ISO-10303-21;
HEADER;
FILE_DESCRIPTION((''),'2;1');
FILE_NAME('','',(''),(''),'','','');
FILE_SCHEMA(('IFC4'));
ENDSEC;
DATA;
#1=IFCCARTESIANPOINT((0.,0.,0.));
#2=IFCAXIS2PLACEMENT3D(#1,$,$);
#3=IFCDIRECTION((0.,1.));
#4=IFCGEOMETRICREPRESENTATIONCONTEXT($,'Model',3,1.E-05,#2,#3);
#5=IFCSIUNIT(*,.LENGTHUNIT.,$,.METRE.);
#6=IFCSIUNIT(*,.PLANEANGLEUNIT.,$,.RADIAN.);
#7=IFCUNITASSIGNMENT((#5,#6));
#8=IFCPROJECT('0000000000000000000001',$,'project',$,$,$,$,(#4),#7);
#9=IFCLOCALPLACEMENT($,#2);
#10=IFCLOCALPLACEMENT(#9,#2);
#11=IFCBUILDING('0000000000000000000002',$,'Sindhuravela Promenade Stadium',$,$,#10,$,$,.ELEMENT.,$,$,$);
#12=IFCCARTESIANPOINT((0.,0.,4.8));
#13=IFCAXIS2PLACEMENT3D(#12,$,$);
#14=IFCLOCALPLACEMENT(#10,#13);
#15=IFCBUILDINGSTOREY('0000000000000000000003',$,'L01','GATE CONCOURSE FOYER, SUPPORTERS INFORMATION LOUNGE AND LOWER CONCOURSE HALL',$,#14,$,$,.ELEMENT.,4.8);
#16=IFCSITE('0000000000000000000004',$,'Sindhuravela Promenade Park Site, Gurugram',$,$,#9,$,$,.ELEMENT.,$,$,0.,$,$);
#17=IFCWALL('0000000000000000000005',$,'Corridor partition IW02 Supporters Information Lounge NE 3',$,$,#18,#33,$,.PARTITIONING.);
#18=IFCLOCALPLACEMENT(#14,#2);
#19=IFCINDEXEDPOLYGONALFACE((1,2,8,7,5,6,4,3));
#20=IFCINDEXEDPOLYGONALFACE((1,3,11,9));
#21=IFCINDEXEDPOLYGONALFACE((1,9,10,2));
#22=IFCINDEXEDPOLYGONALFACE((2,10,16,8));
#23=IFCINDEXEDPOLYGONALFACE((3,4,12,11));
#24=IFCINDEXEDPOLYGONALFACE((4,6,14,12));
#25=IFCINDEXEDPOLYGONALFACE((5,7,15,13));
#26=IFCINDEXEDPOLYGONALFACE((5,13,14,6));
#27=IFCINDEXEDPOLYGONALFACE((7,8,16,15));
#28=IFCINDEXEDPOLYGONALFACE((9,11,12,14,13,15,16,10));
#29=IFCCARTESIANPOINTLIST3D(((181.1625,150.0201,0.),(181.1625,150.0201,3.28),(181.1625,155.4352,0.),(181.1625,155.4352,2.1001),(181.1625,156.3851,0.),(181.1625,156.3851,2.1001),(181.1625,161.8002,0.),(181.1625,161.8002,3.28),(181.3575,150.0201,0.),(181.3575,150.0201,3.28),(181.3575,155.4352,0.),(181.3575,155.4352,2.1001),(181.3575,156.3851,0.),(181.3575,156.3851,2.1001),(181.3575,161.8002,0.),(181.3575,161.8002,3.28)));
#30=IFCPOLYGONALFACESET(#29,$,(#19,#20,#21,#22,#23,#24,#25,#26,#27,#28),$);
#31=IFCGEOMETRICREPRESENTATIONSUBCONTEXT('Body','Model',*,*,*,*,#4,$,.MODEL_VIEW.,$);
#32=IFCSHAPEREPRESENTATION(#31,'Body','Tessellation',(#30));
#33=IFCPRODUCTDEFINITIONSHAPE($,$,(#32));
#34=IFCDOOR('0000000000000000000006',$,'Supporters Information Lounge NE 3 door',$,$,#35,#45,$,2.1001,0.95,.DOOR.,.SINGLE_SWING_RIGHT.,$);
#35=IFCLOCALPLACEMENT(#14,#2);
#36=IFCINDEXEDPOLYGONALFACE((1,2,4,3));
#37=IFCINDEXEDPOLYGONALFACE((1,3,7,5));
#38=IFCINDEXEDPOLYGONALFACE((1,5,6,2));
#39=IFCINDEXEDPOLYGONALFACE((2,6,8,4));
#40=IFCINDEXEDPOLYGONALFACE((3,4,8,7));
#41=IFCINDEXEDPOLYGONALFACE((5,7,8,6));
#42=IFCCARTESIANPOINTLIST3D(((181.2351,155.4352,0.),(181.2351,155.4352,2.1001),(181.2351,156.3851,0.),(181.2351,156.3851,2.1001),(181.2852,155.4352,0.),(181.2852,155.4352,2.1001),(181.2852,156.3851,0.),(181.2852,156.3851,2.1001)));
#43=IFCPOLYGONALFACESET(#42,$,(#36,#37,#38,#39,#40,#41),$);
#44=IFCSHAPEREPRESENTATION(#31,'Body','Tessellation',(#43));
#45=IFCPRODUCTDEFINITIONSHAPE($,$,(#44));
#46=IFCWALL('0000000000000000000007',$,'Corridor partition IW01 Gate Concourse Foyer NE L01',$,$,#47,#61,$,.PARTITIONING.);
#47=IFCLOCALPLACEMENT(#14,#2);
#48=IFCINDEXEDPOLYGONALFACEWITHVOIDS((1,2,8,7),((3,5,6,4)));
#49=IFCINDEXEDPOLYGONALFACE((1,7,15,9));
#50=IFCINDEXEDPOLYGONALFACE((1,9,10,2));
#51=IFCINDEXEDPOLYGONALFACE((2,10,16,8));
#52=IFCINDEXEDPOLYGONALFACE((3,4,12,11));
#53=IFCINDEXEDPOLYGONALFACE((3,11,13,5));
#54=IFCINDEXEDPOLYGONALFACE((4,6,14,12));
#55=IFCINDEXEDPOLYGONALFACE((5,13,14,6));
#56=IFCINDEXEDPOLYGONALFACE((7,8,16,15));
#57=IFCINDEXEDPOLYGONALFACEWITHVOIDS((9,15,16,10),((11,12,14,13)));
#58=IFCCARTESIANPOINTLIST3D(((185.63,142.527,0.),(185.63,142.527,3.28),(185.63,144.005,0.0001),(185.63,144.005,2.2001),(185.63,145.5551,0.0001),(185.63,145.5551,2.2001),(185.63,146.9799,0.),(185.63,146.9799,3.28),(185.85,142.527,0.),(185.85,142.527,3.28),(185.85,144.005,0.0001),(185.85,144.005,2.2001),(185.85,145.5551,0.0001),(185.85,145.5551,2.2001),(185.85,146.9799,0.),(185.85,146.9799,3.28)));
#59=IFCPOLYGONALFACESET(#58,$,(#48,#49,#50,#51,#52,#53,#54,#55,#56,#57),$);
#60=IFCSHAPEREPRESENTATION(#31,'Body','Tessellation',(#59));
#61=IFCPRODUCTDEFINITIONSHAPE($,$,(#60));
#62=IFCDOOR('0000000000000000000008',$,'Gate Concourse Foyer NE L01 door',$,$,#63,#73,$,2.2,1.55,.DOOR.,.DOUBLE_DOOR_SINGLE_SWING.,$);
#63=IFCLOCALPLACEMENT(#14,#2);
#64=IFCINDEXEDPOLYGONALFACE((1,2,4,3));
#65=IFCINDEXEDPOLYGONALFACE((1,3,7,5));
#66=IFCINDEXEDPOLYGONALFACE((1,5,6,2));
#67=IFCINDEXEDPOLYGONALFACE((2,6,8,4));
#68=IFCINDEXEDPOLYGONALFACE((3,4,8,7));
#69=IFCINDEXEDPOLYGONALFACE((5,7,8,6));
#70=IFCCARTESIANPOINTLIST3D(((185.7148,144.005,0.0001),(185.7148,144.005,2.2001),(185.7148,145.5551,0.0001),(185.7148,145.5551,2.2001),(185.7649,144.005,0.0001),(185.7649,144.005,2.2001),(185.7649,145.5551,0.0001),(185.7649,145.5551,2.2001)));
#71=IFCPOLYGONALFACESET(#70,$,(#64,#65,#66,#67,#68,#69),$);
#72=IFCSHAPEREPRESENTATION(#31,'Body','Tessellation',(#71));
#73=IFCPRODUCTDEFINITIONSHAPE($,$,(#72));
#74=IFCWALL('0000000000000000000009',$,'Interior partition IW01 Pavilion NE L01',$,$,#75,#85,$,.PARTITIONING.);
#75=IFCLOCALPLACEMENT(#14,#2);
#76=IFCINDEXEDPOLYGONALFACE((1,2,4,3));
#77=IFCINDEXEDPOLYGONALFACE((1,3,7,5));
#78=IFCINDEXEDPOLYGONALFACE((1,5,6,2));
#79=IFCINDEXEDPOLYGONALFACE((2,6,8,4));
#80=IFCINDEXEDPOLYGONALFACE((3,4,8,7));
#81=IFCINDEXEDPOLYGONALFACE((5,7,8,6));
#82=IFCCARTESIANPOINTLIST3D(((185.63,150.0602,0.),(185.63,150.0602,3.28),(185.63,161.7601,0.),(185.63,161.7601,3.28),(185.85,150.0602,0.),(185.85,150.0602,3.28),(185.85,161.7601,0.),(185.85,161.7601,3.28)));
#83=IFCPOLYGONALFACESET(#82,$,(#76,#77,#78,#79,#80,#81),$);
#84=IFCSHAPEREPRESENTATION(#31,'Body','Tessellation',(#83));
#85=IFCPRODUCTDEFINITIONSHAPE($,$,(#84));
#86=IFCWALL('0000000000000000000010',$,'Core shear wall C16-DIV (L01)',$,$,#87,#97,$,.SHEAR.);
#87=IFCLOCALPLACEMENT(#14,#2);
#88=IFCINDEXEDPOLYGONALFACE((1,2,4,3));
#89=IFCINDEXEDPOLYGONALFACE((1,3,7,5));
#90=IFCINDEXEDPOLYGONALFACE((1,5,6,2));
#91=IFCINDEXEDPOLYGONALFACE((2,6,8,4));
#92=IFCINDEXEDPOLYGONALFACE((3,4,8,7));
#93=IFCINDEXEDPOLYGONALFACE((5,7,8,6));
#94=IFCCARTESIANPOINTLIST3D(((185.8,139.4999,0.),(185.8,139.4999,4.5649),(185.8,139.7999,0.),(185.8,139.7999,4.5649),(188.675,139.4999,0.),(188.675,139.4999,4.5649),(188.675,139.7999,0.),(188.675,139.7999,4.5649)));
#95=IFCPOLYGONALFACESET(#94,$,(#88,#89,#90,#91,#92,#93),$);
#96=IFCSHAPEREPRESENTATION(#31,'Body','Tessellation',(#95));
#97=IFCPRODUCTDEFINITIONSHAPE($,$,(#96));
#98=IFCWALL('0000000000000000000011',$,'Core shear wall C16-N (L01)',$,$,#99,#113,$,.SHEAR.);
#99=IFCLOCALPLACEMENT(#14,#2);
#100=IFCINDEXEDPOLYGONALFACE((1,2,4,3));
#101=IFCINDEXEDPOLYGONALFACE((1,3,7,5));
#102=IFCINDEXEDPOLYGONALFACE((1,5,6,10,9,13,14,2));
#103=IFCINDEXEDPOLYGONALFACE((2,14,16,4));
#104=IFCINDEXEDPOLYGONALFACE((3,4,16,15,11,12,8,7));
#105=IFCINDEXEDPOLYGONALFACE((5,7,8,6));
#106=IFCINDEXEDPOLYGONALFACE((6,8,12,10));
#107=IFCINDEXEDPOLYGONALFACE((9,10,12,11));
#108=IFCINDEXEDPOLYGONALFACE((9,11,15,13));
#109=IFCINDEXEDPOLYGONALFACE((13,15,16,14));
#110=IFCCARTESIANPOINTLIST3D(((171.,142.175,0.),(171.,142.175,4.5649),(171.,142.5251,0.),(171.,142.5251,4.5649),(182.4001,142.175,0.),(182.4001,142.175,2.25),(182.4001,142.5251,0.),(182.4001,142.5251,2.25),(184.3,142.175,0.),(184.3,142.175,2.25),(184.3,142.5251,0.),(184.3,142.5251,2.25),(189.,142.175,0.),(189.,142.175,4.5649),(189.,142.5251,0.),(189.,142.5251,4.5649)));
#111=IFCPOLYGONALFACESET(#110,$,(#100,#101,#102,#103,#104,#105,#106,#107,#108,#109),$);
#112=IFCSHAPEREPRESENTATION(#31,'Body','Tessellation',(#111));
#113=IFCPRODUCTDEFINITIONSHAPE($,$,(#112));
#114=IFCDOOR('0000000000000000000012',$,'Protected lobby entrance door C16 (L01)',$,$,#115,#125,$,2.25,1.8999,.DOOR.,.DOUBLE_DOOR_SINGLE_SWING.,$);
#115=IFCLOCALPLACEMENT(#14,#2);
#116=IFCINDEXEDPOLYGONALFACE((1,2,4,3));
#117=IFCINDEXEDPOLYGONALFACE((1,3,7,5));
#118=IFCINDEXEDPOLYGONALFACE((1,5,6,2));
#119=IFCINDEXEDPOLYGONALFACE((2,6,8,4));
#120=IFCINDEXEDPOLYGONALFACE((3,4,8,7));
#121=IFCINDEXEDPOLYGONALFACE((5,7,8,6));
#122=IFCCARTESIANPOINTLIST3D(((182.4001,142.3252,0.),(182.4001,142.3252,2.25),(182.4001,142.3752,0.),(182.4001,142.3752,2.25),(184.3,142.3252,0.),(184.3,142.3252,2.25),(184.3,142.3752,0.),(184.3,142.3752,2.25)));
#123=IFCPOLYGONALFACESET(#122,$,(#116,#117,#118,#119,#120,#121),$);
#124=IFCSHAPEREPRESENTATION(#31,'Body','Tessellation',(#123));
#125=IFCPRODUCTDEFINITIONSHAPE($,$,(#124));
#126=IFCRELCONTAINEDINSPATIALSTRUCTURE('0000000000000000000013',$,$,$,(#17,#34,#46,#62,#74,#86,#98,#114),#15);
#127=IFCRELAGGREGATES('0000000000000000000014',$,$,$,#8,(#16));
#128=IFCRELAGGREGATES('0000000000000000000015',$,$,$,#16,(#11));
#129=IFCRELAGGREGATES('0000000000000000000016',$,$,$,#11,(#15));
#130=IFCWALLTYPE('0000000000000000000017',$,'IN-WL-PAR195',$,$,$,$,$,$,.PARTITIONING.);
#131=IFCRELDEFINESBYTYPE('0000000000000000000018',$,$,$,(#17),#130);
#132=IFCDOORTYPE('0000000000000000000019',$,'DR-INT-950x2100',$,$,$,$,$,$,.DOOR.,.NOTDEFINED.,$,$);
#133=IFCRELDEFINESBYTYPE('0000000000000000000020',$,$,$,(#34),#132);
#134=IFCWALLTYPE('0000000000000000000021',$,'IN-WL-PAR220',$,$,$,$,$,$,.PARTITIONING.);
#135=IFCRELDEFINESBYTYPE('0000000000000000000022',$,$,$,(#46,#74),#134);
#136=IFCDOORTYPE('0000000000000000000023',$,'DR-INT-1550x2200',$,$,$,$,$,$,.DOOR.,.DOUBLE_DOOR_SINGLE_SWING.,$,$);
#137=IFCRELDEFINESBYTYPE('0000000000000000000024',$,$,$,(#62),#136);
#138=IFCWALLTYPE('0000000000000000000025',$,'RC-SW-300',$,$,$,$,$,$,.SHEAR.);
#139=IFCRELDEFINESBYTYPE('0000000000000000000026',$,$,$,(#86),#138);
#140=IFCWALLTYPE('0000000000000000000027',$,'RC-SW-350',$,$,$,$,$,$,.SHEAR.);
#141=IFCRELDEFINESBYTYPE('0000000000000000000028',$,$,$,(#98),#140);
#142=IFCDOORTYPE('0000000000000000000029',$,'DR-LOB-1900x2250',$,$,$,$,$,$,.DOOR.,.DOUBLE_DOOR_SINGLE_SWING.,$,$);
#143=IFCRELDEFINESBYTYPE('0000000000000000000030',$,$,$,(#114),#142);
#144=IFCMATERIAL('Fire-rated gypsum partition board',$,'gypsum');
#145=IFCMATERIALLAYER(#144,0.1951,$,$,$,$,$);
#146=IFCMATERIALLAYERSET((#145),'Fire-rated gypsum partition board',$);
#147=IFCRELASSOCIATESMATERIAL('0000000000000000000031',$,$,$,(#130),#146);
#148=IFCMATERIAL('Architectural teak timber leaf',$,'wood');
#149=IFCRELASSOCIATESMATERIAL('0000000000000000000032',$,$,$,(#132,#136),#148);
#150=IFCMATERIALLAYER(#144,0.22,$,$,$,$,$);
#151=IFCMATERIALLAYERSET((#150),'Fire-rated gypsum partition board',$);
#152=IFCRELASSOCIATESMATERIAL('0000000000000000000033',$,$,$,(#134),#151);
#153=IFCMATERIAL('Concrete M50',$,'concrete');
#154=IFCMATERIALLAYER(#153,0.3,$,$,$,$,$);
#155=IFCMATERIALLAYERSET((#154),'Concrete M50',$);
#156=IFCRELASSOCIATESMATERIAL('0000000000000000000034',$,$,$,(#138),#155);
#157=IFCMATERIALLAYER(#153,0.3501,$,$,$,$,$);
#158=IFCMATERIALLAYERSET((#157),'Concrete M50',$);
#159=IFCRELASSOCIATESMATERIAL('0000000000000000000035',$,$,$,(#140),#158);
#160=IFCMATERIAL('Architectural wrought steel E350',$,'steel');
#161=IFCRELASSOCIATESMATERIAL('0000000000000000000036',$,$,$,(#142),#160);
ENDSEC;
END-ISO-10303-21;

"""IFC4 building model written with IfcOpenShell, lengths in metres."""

from ifc_helpers import new_model, si_unit, direction, frame, frame_2d, origin, place, context, subcontext, project, spatial, rectangle, extrude, material, layer, layer_set, type_object, element, fill, save


model = new_model("IFC4")

# Units and contexts
model_context = context("Model", 3, precision=1e-05, world=origin(), true_north=direction((0.0, 1.0)))
body_context = subcontext(model_context, "Body", "Model", "MODEL_VIEW")
ifc_project = project(units=[si_unit("LENGTHUNIT", "METRE"), si_unit("PLANEANGLEUNIT", "RADIAN")], contexts=[model_context])

# Site, building, storey
site_placement = place(None, origin())
site = spatial("IfcSite", under=ifc_project, at=site_placement, Name="Sindhuravela Promenade Park Site, Gurugram", CompositionType="ELEMENT", RefElevation=0.0)
building_placement = place(site_placement, origin())
building = spatial("IfcBuilding", under=site, at=building_placement, Name="Sindhuravela Promenade Stadium", CompositionType="ELEMENT")
storey_placement = place(building_placement, frame((0.0, 0.0, 4.8)))
storey = spatial("IfcBuildingStorey", under=building, at=storey_placement, Name="L01", Description="GATE CONCOURSE FOYER, SUPPORTERS INFORMATION LOUNGE AND LOWER CONCOURSE HALL", CompositionType="ELEMENT", Elevation=4.8)

# Shared definitions
ifc_material_1 = material(Name="Fire-rated gypsum partition board", Category="gypsum")
ifc_layer_1 = layer(ifc_material_1, 0.1951)
ifc_layer_set_1 = layer_set([ifc_layer_1], Name="Fire-rated gypsum partition board")
wall_type_1 = type_object("IfcWallType", Name="IN-WL-PAR195", PredefinedType="PARTITIONING", material=ifc_layer_set_1)

# Walls, openings, doors
wall_1_placement = place(storey_placement, frame((181.26, 150.02, 0.0), z_axis=(0.0, 0.0, 1.0), x_axis=(0.0, 1.0, 0.0)))
wall_1 = element("IfcWall", 1, at=wall_1_placement, inside=storey, type_object=wall_type_1, Name="Corridor partition IW02 Supporters Information Lounge NE 3", PredefinedType="PARTITIONING", context=body_context, shape_type="SweptSolid", body=[
    extrude(rectangle(XDim=11.78, YDim=0.1951, at=frame_2d((5.8901, 0.0))), origin(), (0.0, 0.0, 1.0), 3.28),
])
opening_1_placement = place(wall_1_placement, frame((5.415, 0.0, 0.0)))
opening_1 = element("IfcOpeningElement", 2, at=opening_1_placement, cuts=wall_1, PredefinedType="OPENING", context=body_context, shape_type="SweptSolid", body=[
    extrude(rectangle(XDim=0.95, YDim=2.1001, at=frame_2d((0.4751, 1.05))), frame((0.0, 0.1074, 0.0), z_axis=(0.0, -1.0, 0.0), x_axis=(1.0, 0.0, 0.0)), (0.0, 0.0, 1.0), 0.2151),
])
ifc_material_2 = material(Name="Architectural teak timber leaf", Category="wood")
door_type_1 = type_object("IfcDoorType", Name="DR-INT-950x2100", OperationType="NOTDEFINED", PredefinedType="DOOR", material=ifc_material_2)
door_1_placement = place(opening_1_placement, origin())
door_1 = element("IfcDoor", 3, at=door_1_placement, inside=storey, type_object=door_type_1, Name="Supporters Information Lounge NE 3 door", OperationType="SINGLE_SWING_RIGHT", OverallHeight=2.1001, OverallWidth=0.95, PredefinedType="DOOR", context=body_context, shape_type="SweptSolid", body=[
    extrude(rectangle(XDim=0.95, YDim=2.1001, at=frame_2d((0.4751, 1.05))), frame((0.0, 0.0249, 0.0), z_axis=(0.0, -1.0, 0.0), x_axis=(1.0, 0.0, 0.0)), (0.0, 0.0, 1.0), 0.05),
])
fill(opening_1, door_1)
ifc_layer_2 = layer(ifc_material_1, 0.22)
ifc_layer_set_2 = layer_set([ifc_layer_2], Name="Fire-rated gypsum partition board")
wall_type_2 = type_object("IfcWallType", Name="IN-WL-PAR220", PredefinedType="PARTITIONING", material=ifc_layer_set_2)
wall_2_placement = place(storey_placement, frame((185.74, 146.98, 0.0), z_axis=(0.0, 0.0, 1.0), x_axis=(0.0, -1.0, 0.0)))
wall_2 = element("IfcWall", 4, at=wall_2_placement, inside=storey, type_object=wall_type_2, Name="Corridor partition IW01 Gate Concourse Foyer NE L01", PredefinedType="PARTITIONING", context=body_context, shape_type="SweptSolid", body=[
    extrude(rectangle(XDim=4.4529, YDim=0.22, at=frame_2d((2.2266, 0.0))), origin(), (0.0, 0.0, 1.0), 3.28),
])
opening_2_placement = place(wall_2_placement, frame((1.425, 0.0, 0.0)))
opening_2 = element("IfcOpeningElement", 5, at=opening_2_placement, cuts=wall_2, PredefinedType="OPENING", context=body_context, shape_type="SweptSolid", body=[
    extrude(rectangle(XDim=1.55, YDim=2.2, at=frame_2d((0.7749, 1.1001))), frame((0.0, 0.1199, 0.0), z_axis=(0.0, -1.0, 0.0), x_axis=(1.0, 0.0, 0.0)), (0.0, 0.0, 1.0), 0.24),
])
door_type_2 = type_object("IfcDoorType", Name="DR-INT-1550x2200", OperationType="DOUBLE_DOOR_SINGLE_SWING", PredefinedType="DOOR", material=ifc_material_2)
door_2_placement = place(opening_2_placement, origin())
door_2 = element("IfcDoor", 6, at=door_2_placement, inside=storey, type_object=door_type_2, Name="Gate Concourse Foyer NE L01 door", OperationType="DOUBLE_DOOR_SINGLE_SWING", OverallHeight=2.2, OverallWidth=1.55, PredefinedType="DOOR", context=body_context, shape_type="SweptSolid", body=[
    extrude(rectangle(XDim=1.55, YDim=2.2, at=frame_2d((0.7749, 1.1001))), frame((0.0, 0.0249, 0.0), z_axis=(0.0, -1.0, 0.0), x_axis=(1.0, 0.0, 0.0)), (0.0, 0.0, 1.0), 0.05),
])
fill(opening_2, door_2)

# Walls
wall_3_placement = place(storey_placement, frame((185.74, 150.0601, 0.0), z_axis=(0.0, 0.0, 1.0), x_axis=(0.0, 1.0, 0.0)))
element("IfcWall", 7, at=wall_3_placement, inside=storey, type_object=wall_type_2, Name="Interior partition IW01 Pavilion NE L01", PredefinedType="PARTITIONING", context=body_context, shape_type="SweptSolid", body=[
    extrude(rectangle(XDim=11.7, YDim=0.22, at=frame_2d((5.8501, 0.0))), origin(), (0.0, 0.0, 1.0), 3.28),
])
ifc_material_3 = material(Name="Concrete M50", Category="concrete")
ifc_layer_3 = layer(ifc_material_3, 0.3)
ifc_layer_set_3 = layer_set([ifc_layer_3], Name="Concrete M50")
wall_type_3 = type_object("IfcWallType", Name="RC-SW-300", PredefinedType="SHEAR", material=ifc_layer_set_3)
wall_4_placement = place(storey_placement, frame((185.8, 139.6499, 0.0), z_axis=(0.0, 0.0, 1.0), x_axis=(1.0, 0.0, 0.0)))
element("IfcWall", 8, at=wall_4_placement, inside=storey, type_object=wall_type_3, Name="Core shear wall C16-DIV (L01)", PredefinedType="SHEAR", context=body_context, shape_type="SweptSolid", body=[
    extrude(rectangle(XDim=2.875, YDim=0.3, at=frame_2d((1.4375, 0.0))), origin(), (0.0, 0.0, 1.0), 4.5649),
])

# Wall, opening, door
ifc_layer_4 = layer(ifc_material_3, 0.3501)
ifc_layer_set_4 = layer_set([ifc_layer_4], Name="Concrete M50")
wall_type_4 = type_object("IfcWallType", Name="RC-SW-350", PredefinedType="SHEAR", material=ifc_layer_set_4)
wall_5_placement = place(storey_placement, frame((189.0, 142.3501, 0.0), z_axis=(0.0, 0.0, 1.0), x_axis=(-1.0, 0.0, 0.0)))
wall_5 = element("IfcWall", 9, at=wall_5_placement, inside=storey, type_object=wall_type_4, Name="Core shear wall C16-N (L01)", PredefinedType="SHEAR", context=body_context, shape_type="SweptSolid", body=[
    extrude(rectangle(XDim=18.0, YDim=0.3501, at=frame_2d((9.0, 0.0))), origin(), (0.0, 0.0, 1.0), 4.5649),
])
opening_3_placement = place(wall_5_placement, frame((4.7, 0.0, 0.0)))
opening_3 = element("IfcOpeningElement", 10, at=opening_3_placement, cuts=wall_5, PredefinedType="OPENING", context=body_context, shape_type="SweptSolid", body=[
    extrude(rectangle(XDim=1.8999, YDim=2.25, at=frame_2d((0.95, 1.125))), frame((0.0, 0.1851, 0.0), z_axis=(0.0, -1.0, 0.0), x_axis=(1.0, 0.0, 0.0)), (0.0, 0.0, 1.0), 0.3701),
])
ifc_material_4 = material(Name="Architectural wrought steel E350", Category="steel")
door_type_3 = type_object("IfcDoorType", Name="DR-LOB-1900x2250", OperationType="DOUBLE_DOOR_SINGLE_SWING", PredefinedType="DOOR", material=ifc_material_4)
door_3_placement = place(opening_3_placement, origin())
door_3 = element("IfcDoor", 11, at=door_3_placement, inside=storey, type_object=door_type_3, Name="Protected lobby entrance door C16 (L01)", OperationType="DOUBLE_DOOR_SINGLE_SWING", OverallHeight=2.25, OverallWidth=1.8999, PredefinedType="DOOR", context=body_context, shape_type="SweptSolid", body=[
    extrude(rectangle(XDim=1.8999, YDim=2.25, at=frame_2d((0.95, 1.125))), frame((0.0, 0.0249, 0.0), z_axis=(0.0, -1.0, 0.0), x_axis=(1.0, 0.0, 0.0)), (0.0, 0.0, 1.0), 0.05),
])
fill(opening_3, door_3)

save(model, "model.ifc")
